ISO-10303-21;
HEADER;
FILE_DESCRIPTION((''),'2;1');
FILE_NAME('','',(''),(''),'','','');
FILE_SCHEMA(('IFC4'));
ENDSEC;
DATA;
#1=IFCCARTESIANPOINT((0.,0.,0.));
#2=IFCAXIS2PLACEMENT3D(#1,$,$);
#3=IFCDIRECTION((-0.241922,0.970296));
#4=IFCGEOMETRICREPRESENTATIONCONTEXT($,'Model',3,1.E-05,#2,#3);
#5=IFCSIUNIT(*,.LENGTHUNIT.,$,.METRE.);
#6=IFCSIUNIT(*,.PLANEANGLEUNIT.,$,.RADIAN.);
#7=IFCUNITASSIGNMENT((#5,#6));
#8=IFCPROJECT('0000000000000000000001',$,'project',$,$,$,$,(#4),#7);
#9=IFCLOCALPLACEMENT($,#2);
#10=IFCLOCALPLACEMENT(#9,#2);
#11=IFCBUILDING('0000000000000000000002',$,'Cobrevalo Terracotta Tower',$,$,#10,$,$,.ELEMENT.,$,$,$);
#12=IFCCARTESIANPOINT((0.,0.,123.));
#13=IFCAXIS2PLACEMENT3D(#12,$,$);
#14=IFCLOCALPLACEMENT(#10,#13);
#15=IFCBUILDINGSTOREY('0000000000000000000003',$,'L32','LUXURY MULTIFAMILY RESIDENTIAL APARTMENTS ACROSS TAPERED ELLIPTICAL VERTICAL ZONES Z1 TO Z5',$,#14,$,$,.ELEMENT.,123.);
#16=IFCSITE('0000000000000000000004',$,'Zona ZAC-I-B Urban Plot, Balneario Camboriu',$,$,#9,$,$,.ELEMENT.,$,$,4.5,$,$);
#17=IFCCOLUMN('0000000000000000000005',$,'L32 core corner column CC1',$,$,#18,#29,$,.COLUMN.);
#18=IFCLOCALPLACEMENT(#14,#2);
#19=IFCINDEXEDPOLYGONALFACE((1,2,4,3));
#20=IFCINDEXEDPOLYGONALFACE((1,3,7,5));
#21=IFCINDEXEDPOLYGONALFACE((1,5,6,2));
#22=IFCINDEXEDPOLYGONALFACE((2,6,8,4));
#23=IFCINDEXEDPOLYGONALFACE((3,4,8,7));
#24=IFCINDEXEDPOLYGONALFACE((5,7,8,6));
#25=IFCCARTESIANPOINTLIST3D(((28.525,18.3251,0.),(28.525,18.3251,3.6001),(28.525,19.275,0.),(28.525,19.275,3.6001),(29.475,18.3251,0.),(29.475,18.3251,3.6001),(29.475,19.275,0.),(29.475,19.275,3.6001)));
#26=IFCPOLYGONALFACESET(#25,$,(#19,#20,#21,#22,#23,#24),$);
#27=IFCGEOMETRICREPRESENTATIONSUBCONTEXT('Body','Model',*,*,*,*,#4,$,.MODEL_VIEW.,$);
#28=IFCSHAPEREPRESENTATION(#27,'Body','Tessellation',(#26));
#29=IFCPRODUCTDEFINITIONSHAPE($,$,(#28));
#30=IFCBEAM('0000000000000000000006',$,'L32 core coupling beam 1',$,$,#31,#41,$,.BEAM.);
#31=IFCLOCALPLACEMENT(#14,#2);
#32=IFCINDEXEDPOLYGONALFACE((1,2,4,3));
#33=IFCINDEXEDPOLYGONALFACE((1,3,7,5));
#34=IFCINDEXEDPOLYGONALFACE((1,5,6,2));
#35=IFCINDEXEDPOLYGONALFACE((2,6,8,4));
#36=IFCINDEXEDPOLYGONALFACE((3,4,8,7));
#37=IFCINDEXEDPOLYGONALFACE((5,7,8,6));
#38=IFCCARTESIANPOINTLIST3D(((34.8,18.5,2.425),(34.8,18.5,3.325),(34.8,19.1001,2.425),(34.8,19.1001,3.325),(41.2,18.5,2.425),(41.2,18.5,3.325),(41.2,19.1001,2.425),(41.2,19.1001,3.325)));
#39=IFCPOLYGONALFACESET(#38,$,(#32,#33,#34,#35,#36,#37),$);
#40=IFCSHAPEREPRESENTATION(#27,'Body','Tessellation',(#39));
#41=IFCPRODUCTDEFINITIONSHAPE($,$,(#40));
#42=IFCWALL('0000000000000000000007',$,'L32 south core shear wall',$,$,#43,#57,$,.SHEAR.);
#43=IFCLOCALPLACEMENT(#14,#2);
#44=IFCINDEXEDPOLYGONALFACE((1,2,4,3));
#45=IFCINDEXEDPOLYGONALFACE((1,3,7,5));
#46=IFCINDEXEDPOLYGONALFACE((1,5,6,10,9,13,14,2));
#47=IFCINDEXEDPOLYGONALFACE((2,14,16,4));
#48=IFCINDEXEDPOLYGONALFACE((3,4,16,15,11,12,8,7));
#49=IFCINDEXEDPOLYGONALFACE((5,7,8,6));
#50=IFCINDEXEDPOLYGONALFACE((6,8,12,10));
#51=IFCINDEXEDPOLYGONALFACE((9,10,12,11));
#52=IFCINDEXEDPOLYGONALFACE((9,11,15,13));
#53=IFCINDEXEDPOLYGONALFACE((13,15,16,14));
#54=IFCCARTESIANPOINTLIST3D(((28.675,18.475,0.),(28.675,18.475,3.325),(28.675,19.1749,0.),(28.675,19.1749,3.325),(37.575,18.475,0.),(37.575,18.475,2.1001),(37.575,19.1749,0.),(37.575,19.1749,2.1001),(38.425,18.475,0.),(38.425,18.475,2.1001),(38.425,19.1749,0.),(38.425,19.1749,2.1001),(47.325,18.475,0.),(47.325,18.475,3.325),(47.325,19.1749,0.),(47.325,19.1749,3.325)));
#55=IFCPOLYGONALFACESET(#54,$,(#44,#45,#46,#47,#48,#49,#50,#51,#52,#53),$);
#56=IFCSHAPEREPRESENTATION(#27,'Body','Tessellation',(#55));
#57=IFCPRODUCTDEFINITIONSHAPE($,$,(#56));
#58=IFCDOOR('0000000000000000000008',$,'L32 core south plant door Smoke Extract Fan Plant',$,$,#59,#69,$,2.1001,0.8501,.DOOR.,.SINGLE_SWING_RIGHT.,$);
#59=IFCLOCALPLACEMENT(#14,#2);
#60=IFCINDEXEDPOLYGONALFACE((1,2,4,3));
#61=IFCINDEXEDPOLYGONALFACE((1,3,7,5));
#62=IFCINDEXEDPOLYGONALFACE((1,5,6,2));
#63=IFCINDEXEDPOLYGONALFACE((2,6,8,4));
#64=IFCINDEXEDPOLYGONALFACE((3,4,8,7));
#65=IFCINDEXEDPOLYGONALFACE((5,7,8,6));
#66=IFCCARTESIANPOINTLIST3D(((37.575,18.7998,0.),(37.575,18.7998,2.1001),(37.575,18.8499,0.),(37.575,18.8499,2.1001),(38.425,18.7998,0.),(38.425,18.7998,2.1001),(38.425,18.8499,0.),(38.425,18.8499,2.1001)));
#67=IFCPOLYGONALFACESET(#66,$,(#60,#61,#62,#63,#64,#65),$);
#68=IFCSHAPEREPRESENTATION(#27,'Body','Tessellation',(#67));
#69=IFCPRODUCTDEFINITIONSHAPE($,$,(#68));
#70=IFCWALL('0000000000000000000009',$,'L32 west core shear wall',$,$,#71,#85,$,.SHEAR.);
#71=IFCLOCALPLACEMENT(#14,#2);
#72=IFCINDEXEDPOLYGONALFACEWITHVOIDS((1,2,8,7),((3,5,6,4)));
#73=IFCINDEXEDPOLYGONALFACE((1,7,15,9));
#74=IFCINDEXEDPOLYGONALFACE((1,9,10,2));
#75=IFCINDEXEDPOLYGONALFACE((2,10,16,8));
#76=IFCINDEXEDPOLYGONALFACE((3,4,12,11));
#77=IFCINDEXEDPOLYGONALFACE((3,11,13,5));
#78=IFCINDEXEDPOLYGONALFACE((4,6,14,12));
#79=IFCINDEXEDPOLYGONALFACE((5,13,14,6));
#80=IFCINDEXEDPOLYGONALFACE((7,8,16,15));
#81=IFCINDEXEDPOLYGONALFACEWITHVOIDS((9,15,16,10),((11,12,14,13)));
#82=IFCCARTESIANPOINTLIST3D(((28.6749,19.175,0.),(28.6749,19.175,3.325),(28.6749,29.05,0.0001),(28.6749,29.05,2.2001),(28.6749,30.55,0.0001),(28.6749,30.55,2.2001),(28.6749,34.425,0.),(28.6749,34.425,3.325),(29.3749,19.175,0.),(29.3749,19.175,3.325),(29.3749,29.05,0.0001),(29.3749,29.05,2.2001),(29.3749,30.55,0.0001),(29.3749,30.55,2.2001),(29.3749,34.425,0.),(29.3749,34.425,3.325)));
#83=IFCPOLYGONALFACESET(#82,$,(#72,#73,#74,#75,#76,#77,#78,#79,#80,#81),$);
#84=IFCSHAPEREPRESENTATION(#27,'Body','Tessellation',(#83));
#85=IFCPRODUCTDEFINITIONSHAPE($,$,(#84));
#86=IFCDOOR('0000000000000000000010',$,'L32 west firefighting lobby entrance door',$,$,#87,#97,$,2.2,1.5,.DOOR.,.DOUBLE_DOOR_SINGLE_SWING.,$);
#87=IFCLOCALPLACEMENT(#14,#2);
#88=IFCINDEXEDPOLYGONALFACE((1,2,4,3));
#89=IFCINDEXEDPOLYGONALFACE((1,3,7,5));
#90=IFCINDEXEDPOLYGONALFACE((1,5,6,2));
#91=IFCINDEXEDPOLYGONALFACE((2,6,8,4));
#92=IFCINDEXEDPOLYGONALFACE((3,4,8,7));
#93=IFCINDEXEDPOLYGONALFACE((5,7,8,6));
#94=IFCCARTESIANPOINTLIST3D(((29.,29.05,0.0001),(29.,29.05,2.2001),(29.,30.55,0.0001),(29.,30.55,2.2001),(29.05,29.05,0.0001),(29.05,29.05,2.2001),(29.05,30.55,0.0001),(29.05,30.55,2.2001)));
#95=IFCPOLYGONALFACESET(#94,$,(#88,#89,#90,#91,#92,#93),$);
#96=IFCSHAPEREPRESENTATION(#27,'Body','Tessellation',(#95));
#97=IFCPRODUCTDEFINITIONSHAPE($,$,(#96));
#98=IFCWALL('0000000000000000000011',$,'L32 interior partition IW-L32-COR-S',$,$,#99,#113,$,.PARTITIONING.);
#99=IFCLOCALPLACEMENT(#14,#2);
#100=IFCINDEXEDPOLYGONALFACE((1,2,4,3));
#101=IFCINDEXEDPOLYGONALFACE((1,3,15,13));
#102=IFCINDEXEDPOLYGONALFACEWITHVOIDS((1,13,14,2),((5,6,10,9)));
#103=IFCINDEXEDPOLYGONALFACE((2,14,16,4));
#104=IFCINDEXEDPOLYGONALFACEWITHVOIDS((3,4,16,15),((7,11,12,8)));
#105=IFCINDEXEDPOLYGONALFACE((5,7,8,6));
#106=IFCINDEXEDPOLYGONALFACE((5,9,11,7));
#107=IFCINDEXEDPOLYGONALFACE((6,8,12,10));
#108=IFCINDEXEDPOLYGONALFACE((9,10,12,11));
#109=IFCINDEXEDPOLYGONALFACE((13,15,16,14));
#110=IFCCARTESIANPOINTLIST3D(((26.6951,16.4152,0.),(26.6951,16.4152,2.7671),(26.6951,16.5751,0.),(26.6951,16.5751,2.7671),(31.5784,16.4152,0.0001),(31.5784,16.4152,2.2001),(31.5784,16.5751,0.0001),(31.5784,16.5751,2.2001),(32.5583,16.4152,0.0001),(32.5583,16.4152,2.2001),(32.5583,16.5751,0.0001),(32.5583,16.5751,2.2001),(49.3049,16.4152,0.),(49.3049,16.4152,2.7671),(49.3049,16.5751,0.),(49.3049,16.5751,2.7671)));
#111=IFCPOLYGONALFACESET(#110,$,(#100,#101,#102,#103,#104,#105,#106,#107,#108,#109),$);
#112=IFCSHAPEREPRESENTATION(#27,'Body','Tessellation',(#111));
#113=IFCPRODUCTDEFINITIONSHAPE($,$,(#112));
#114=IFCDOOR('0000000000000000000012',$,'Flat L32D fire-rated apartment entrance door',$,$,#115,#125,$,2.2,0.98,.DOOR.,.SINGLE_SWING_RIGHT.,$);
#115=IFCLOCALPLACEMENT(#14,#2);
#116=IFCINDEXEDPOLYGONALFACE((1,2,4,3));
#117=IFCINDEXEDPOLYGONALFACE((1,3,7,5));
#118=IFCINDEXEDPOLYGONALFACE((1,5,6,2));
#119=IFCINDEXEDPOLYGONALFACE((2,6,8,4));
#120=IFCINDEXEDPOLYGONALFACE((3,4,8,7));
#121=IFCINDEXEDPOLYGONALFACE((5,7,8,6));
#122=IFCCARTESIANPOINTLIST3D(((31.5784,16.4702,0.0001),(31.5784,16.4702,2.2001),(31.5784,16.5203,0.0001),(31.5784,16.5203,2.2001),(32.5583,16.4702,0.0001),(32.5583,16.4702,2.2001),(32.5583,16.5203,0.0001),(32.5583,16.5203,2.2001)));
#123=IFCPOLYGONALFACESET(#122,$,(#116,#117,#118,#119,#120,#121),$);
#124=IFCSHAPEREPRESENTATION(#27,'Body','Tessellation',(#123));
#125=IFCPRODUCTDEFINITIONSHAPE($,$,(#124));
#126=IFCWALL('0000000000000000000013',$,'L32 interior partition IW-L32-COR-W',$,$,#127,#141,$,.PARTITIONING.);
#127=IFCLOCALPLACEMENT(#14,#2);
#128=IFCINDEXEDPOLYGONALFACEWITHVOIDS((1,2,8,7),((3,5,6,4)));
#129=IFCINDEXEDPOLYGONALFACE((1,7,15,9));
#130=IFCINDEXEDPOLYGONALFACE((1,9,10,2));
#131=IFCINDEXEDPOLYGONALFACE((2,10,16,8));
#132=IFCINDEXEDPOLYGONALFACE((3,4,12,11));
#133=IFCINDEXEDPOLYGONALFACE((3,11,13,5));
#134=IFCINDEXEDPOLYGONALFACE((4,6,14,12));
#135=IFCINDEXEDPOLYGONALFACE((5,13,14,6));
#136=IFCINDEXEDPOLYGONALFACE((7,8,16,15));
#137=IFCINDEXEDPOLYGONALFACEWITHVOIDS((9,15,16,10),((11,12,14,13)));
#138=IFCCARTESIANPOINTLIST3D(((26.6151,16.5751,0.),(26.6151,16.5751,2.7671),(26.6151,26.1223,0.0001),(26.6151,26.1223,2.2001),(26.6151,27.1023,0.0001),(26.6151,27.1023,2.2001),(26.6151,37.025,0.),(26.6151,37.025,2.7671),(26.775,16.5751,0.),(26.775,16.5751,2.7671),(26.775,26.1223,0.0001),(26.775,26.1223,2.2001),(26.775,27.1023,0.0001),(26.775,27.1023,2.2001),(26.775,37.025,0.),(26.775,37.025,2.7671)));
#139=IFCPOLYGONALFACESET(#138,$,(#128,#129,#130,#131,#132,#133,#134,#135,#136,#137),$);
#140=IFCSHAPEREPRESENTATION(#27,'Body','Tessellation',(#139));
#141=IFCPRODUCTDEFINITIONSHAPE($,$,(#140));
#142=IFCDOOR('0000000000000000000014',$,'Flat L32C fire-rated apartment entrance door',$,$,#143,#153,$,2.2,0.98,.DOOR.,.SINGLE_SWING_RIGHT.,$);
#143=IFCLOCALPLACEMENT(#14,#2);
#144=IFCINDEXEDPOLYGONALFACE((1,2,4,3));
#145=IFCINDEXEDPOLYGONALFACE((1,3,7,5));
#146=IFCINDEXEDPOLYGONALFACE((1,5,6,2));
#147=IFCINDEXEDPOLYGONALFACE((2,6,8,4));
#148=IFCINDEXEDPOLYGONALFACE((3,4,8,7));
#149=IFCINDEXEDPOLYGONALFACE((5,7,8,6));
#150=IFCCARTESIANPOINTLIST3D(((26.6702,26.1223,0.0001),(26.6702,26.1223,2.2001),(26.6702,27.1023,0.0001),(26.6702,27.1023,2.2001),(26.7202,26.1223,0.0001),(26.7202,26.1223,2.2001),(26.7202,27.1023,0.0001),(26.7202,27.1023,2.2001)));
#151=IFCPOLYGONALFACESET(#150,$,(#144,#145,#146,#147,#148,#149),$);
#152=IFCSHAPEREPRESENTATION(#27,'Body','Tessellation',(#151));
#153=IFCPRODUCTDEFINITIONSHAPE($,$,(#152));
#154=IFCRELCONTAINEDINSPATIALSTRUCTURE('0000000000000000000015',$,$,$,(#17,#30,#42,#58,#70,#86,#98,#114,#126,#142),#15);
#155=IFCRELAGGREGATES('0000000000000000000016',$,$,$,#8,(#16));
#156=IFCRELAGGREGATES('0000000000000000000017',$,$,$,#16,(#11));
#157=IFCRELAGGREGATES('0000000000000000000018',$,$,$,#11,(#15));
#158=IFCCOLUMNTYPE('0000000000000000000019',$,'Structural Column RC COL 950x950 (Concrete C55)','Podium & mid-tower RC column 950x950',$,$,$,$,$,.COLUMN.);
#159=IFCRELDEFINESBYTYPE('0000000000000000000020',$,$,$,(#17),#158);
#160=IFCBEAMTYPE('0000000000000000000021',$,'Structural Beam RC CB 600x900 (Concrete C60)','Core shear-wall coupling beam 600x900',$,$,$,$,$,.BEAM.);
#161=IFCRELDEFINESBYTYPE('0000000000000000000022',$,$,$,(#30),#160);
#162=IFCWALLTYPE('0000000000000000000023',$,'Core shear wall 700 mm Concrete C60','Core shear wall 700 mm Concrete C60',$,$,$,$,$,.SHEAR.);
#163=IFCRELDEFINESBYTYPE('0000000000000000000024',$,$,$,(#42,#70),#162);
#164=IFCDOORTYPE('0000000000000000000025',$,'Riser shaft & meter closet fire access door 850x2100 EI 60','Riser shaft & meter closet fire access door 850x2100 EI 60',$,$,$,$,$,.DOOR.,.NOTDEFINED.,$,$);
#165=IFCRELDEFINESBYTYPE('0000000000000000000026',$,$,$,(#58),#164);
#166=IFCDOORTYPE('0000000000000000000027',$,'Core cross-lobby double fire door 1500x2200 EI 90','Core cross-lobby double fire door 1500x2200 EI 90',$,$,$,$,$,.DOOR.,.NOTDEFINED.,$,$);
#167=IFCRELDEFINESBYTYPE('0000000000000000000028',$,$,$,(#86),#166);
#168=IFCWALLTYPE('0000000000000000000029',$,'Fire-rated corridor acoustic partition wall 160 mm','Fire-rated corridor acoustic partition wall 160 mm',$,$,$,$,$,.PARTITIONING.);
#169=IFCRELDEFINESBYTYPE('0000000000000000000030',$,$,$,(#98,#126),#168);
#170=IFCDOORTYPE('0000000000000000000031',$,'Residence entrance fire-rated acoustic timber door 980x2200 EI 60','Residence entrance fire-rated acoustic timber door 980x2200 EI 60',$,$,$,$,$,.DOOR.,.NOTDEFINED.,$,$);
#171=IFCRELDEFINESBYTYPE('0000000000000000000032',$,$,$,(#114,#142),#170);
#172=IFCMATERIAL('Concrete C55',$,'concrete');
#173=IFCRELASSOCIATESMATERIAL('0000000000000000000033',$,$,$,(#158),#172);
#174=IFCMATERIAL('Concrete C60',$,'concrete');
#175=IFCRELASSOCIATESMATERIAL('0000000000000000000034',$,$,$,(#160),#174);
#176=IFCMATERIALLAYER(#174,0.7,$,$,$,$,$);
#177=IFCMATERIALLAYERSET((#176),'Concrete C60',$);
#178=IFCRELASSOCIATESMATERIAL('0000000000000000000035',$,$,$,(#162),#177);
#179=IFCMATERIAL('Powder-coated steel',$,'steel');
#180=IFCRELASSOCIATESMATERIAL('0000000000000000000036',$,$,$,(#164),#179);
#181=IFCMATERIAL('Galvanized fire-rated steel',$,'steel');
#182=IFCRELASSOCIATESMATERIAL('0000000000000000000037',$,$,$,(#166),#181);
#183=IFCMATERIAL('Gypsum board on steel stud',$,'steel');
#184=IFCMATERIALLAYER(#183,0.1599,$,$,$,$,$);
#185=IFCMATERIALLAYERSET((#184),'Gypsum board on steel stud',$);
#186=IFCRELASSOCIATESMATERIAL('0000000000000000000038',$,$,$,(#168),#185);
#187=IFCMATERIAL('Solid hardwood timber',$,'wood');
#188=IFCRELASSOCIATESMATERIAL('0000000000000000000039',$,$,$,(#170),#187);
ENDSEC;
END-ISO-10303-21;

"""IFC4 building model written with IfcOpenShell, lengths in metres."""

from ifc_helpers import new_model, si_unit, direction, frame, frame_2d, origin, origin_2d, place, context, subcontext, project, spatial, rectangle, extrude, source, transform, mapped, material, layer, layer_set, material_profile, profile_set, type_object, element, fill, save


model = new_model("IFC4")

# Units and contexts
model_context = context("Model", 3, precision=1e-05, world=origin(), true_north=direction((-0.241922, 0.970296)))
body_context = subcontext(model_context, "Body", "Model", "MODEL_VIEW")
ifc_project = project(units=[si_unit("LENGTHUNIT", "METRE"), si_unit("PLANEANGLEUNIT", "RADIAN")], contexts=[model_context])

# Site, building, storey
site_placement = place(None, origin())
site = spatial("IfcSite", under=ifc_project, at=site_placement, Name="Zona ZAC-I-B Urban Plot, Balneario Camboriu", CompositionType="ELEMENT", RefElevation=4.5)
building_placement = place(site_placement, origin())
building = spatial("IfcBuilding", under=site, at=building_placement, Name="Cobrevalo Terracotta Tower", CompositionType="ELEMENT")
storey_placement = place(building_placement, frame((0.0, 0.0, 123.0)))
storey = spatial("IfcBuildingStorey", under=building, at=storey_placement, Name="L32", Description="LUXURY MULTIFAMILY RESIDENTIAL APARTMENTS ACROSS TAPERED ELLIPTICAL VERTICAL ZONES Z1 TO Z5", CompositionType="ELEMENT", Elevation=123.0)

# Column
ifc_material_1 = material(Name="Concrete C55", Category="concrete")
ifc_material_profile_1 = material_profile(ifc_material_1, rectangle(XDim=0.95, YDim=0.95, at=origin_2d()), Name="RC COL 950x950")
ifc_profile_set_1 = profile_set([ifc_material_profile_1], Name="Concrete C55")
column_type = type_object("IfcColumnType", Name="Structural Column RC COL 950x950 (Concrete C55)", Description="Podium & mid-tower RC column 950x950", PredefinedType="COLUMN", material=ifc_profile_set_1)
column_placement = place(storey_placement, frame((29.0, 18.8, 0.0), z_axis=(0.0, 0.0, 1.0), x_axis=(1.0, 0.0, 0.0)))
element("IfcColumn", 1, at=column_placement, inside=storey, type_object=column_type, Name="L32 core corner column CC1", PredefinedType="COLUMN", context=body_context, shape_type="SweptSolid", body=[
    extrude(rectangle(XDim=0.95, YDim=0.95, at=origin_2d()), origin(), (0.0, 0.0, 1.0), 3.6001),
])

# Beam
ifc_material_2 = material(Name="Concrete C60", Category="concrete")
ifc_material_profile_2 = material_profile(ifc_material_2, rectangle(XDim=0.6001, YDim=0.8999, at=origin_2d()), Name="RC CB 600x900")
ifc_profile_set_2 = profile_set([ifc_material_profile_2], Name="Concrete C60")
beam_type = type_object("IfcBeamType", Name="Structural Beam RC CB 600x900 (Concrete C60)", Description="Core shear-wall coupling beam 600x900", PredefinedType="BEAM", material=ifc_profile_set_2)
beam_placement = place(storey_placement, frame((34.8, 18.8, 2.875), z_axis=(1.0, 0.0, 0.0), x_axis=(0.0, 1.0, 0.0)))
element("IfcBeam", 2, at=beam_placement, inside=storey, type_object=beam_type, Name="L32 core coupling beam 1", PredefinedType="BEAM", context=body_context, shape_type="SweptSolid", body=[
    extrude(rectangle(XDim=0.6001, YDim=0.8999, at=origin_2d()), origin(), (0.0, 0.0, 1.0), 6.3999),
])

# Walls, openings, doors
ifc_layer_1 = layer(ifc_material_2, 0.7)
ifc_layer_set_1 = layer_set([ifc_layer_1], Name="Concrete C60")
wall_type_1 = type_object("IfcWallType", Name="Core shear wall 700 mm Concrete C60", Description="Core shear wall 700 mm Concrete C60", PredefinedType="SHEAR", material=ifc_layer_set_1)
wall_1_placement = place(storey_placement, frame((28.675, 18.825, 0.0), z_axis=(0.0, 0.0, 1.0), x_axis=(1.0, 0.0, 0.0)))
wall_1 = element("IfcWall", 3, at=wall_1_placement, inside=storey, type_object=wall_type_1, Name="L32 south core shear wall", PredefinedType="SHEAR", context=body_context, shape_type="SweptSolid", body=[
    extrude(rectangle(XDim=18.6499, YDim=0.7, at=frame_2d((9.325, 0.0))), origin(), (0.0, 0.0, 1.0), 3.325),
])
opening_1_placement = place(wall_1_placement, frame((8.8999, 0.0, 0.0)))
opening_1 = element("IfcOpeningElement", 4, at=opening_1_placement, cuts=wall_1, PredefinedType="OPENING", context=body_context, shape_type="SweptSolid", body=[
    extrude(rectangle(XDim=0.8501, YDim=2.1001, at=frame_2d((0.425, 1.05))), frame((0.0, 0.3599, 0.0), z_axis=(0.0, -1.0, 0.0), x_axis=(1.0, 0.0, 0.0)), (0.0, 0.0, 1.0), 0.72),
])
ifc_material_3 = material(Name="Powder-coated steel", Category="steel")
door_type_1 = type_object("IfcDoorType", Name="Riser shaft & meter closet fire access door 850x2100 EI 60", Description="Riser shaft & meter closet fire access door 850x2100 EI 60", OperationType="NOTDEFINED", PredefinedType="DOOR", material=ifc_material_3)
shared_shape_1 = source(origin(), body_context, "Body", "SweptSolid", [
    extrude(rectangle(XDim=0.8501, YDim=2.1001, at=frame_2d((0.425, 1.05))), frame((0.0, 0.0249, 0.0), z_axis=(0.0, -1.0, 0.0), x_axis=(1.0, 0.0, 0.0)), (0.0, 0.0, 1.0), 0.05),
])
door_1_placement = place(opening_1_placement, origin())
door_1 = element("IfcDoor", 5, at=door_1_placement, inside=storey, type_object=door_type_1, Name="L32 core south plant door Smoke Extract Fan Plant", OperationType="SINGLE_SWING_RIGHT", OverallHeight=2.1001, OverallWidth=0.8501, PredefinedType="DOOR", context=body_context, shape_type="MappedRepresentation", body=[
    mapped(shared_shape_1, transform((0.0, 0.0, 0.0), scale=1.0)),
])
fill(opening_1, door_1)
wall_2_placement = place(storey_placement, frame((29.0249, 19.175, 0.0), z_axis=(0.0, 0.0, 1.0), x_axis=(0.0, 1.0, 0.0)))
wall_2 = element("IfcWall", 6, at=wall_2_placement, inside=storey, type_object=wall_type_1, Name="L32 west core shear wall", PredefinedType="SHEAR", context=body_context, shape_type="SweptSolid", body=[
    extrude(rectangle(XDim=15.25, YDim=0.7, at=frame_2d((7.625, 0.0))), origin(), (0.0, 0.0, 1.0), 3.325),
])
opening_2_placement = place(wall_2_placement, frame((9.875, 0.0, 0.0)))
opening_2 = element("IfcOpeningElement", 7, at=opening_2_placement, cuts=wall_2, PredefinedType="OPENING", context=body_context, shape_type="SweptSolid", body=[
    extrude(rectangle(XDim=1.5, YDim=2.2, at=frame_2d((0.75, 1.1001))), frame((0.0, 0.3599, 0.0), z_axis=(0.0, -1.0, 0.0), x_axis=(1.0, 0.0, 0.0)), (0.0, 0.0, 1.0), 0.72),
])
ifc_material_4 = material(Name="Galvanized fire-rated steel", Category="steel")
door_type_2 = type_object("IfcDoorType", Name="Core cross-lobby double fire door 1500x2200 EI 90", Description="Core cross-lobby double fire door 1500x2200 EI 90", OperationType="NOTDEFINED", PredefinedType="DOOR", material=ifc_material_4)
shared_shape_2 = source(origin(), body_context, "Body", "SweptSolid", [
    extrude(rectangle(XDim=1.5, YDim=2.2, at=frame_2d((0.75, 1.1001))), frame((0.0, 0.0249, 0.0), z_axis=(0.0, -1.0, 0.0), x_axis=(1.0, 0.0, 0.0)), (0.0, 0.0, 1.0), 0.05),
])
door_2_placement = place(opening_2_placement, origin())
door_2 = element("IfcDoor", 8, at=door_2_placement, inside=storey, type_object=door_type_2, Name="L32 west firefighting lobby entrance door", OperationType="DOUBLE_DOOR_SINGLE_SWING", OverallHeight=2.2, OverallWidth=1.5, PredefinedType="DOOR", context=body_context, shape_type="MappedRepresentation", body=[
    mapped(shared_shape_2, transform((0.0, 0.0, 0.0), scale=1.0)),
])
fill(opening_2, door_2)
ifc_material_5 = material(Name="Gypsum board on steel stud", Category="steel")
ifc_layer_2 = layer(ifc_material_5, 0.1599)
ifc_layer_set_2 = layer_set([ifc_layer_2], Name="Gypsum board on steel stud")
wall_type_2 = type_object("IfcWallType", Name="Fire-rated corridor acoustic partition wall 160 mm", Description="Fire-rated corridor acoustic partition wall 160 mm", PredefinedType="PARTITIONING", material=ifc_layer_set_2)
wall_3_placement = place(storey_placement, frame((26.6951, 16.4951, 0.0), z_axis=(0.0, 0.0, 1.0), x_axis=(1.0, 0.0, 0.0)))
wall_3 = element("IfcWall", 9, at=wall_3_placement, inside=storey, type_object=wall_type_2, Name="L32 interior partition IW-L32-COR-S", PredefinedType="PARTITIONING", context=body_context, shape_type="SweptSolid", body=[
    extrude(rectangle(XDim=22.6099, YDim=0.1599, at=frame_2d((11.3049, 0.0))), origin(), (0.0, 0.0, 1.0), 2.7671),
])
opening_3_placement = place(wall_3_placement, frame((4.8833, 0.0, 0.0)))
opening_3 = element("IfcOpeningElement", 10, at=opening_3_placement, cuts=wall_3, PredefinedType="OPENING", context=body_context, shape_type="SweptSolid", body=[
    extrude(rectangle(XDim=0.98, YDim=2.2, at=frame_2d((0.49, 1.1001))), frame((0.0, 0.0898, 0.0), z_axis=(0.0, -1.0, 0.0), x_axis=(1.0, 0.0, 0.0)), (0.0, 0.0, 1.0), 0.1799),
])
ifc_material_6 = material(Name="Solid hardwood timber", Category="wood")
door_type_3 = type_object("IfcDoorType", Name="Residence entrance fire-rated acoustic timber door 980x2200 EI 60", Description="Residence entrance fire-rated acoustic timber door 980x2200 EI 60", OperationType="NOTDEFINED", PredefinedType="DOOR", material=ifc_material_6)
shared_shape_3 = source(origin(), body_context, "Body", "SweptSolid", [
    extrude(rectangle(XDim=0.98, YDim=2.2, at=frame_2d((0.49, 1.1001))), frame((0.0, 0.0249, 0.0), z_axis=(0.0, -1.0, 0.0), x_axis=(1.0, 0.0, 0.0)), (0.0, 0.0, 1.0), 0.05),
])
door_3_placement = place(opening_3_placement, frame((0.98, 0.0, 0.0), z_axis=(0.0, 0.0, 1.0), x_axis=(-1.0, 0.0, 0.0)))
door_3 = element("IfcDoor", 11, at=door_3_placement, inside=storey, type_object=door_type_3, Name="Flat L32D fire-rated apartment entrance door", OperationType="SINGLE_SWING_RIGHT", OverallHeight=2.2, OverallWidth=0.98, PredefinedType="DOOR", context=body_context, shape_type="MappedRepresentation", body=[
    mapped(shared_shape_3, transform((0.0, 0.0, 0.0), scale=1.0)),
])
fill(opening_3, door_3)
wall_4_placement = place(storey_placement, frame((26.6951, 16.575, 0.0), z_axis=(0.0, 0.0, 1.0), x_axis=(0.0, 1.0, 0.0)))
wall_4 = element("IfcWall", 12, at=wall_4_placement, inside=storey, type_object=wall_type_2, Name="L32 interior partition IW-L32-COR-W", PredefinedType="PARTITIONING", context=body_context, shape_type="SweptSolid", body=[
    extrude(rectangle(XDim=20.45, YDim=0.1599, at=frame_2d((10.2251, 0.0))), origin(), (0.0, 0.0, 1.0), 2.7671),
])
opening_4_placement = place(wall_4_placement, frame((9.5474, 0.0, 0.0)))
opening_4 = element("IfcOpeningElement", 13, at=opening_4_placement, cuts=wall_4, PredefinedType="OPENING", context=body_context, shape_type="SweptSolid", body=[
    extrude(rectangle(XDim=0.98, YDim=2.2, at=frame_2d((0.49, 1.1001))), frame((0.0, 0.0898, 0.0), z_axis=(0.0, -1.0, 0.0), x_axis=(1.0, 0.0, 0.0)), (0.0, 0.0, 1.0), 0.1799),
])
door_4_placement = place(opening_4_placement, origin())
door_4 = element("IfcDoor", 14, at=door_4_placement, inside=storey, type_object=door_type_3, Name="Flat L32C fire-rated apartment entrance door", OperationType="SINGLE_SWING_RIGHT", OverallHeight=2.2, OverallWidth=0.98, PredefinedType="DOOR", context=body_context, shape_type="MappedRepresentation", body=[
    mapped(shared_shape_3, transform((0.0, 0.0, 0.0), scale=1.0)),
])
fill(opening_4, door_4)

save(model, "model.ifc")
